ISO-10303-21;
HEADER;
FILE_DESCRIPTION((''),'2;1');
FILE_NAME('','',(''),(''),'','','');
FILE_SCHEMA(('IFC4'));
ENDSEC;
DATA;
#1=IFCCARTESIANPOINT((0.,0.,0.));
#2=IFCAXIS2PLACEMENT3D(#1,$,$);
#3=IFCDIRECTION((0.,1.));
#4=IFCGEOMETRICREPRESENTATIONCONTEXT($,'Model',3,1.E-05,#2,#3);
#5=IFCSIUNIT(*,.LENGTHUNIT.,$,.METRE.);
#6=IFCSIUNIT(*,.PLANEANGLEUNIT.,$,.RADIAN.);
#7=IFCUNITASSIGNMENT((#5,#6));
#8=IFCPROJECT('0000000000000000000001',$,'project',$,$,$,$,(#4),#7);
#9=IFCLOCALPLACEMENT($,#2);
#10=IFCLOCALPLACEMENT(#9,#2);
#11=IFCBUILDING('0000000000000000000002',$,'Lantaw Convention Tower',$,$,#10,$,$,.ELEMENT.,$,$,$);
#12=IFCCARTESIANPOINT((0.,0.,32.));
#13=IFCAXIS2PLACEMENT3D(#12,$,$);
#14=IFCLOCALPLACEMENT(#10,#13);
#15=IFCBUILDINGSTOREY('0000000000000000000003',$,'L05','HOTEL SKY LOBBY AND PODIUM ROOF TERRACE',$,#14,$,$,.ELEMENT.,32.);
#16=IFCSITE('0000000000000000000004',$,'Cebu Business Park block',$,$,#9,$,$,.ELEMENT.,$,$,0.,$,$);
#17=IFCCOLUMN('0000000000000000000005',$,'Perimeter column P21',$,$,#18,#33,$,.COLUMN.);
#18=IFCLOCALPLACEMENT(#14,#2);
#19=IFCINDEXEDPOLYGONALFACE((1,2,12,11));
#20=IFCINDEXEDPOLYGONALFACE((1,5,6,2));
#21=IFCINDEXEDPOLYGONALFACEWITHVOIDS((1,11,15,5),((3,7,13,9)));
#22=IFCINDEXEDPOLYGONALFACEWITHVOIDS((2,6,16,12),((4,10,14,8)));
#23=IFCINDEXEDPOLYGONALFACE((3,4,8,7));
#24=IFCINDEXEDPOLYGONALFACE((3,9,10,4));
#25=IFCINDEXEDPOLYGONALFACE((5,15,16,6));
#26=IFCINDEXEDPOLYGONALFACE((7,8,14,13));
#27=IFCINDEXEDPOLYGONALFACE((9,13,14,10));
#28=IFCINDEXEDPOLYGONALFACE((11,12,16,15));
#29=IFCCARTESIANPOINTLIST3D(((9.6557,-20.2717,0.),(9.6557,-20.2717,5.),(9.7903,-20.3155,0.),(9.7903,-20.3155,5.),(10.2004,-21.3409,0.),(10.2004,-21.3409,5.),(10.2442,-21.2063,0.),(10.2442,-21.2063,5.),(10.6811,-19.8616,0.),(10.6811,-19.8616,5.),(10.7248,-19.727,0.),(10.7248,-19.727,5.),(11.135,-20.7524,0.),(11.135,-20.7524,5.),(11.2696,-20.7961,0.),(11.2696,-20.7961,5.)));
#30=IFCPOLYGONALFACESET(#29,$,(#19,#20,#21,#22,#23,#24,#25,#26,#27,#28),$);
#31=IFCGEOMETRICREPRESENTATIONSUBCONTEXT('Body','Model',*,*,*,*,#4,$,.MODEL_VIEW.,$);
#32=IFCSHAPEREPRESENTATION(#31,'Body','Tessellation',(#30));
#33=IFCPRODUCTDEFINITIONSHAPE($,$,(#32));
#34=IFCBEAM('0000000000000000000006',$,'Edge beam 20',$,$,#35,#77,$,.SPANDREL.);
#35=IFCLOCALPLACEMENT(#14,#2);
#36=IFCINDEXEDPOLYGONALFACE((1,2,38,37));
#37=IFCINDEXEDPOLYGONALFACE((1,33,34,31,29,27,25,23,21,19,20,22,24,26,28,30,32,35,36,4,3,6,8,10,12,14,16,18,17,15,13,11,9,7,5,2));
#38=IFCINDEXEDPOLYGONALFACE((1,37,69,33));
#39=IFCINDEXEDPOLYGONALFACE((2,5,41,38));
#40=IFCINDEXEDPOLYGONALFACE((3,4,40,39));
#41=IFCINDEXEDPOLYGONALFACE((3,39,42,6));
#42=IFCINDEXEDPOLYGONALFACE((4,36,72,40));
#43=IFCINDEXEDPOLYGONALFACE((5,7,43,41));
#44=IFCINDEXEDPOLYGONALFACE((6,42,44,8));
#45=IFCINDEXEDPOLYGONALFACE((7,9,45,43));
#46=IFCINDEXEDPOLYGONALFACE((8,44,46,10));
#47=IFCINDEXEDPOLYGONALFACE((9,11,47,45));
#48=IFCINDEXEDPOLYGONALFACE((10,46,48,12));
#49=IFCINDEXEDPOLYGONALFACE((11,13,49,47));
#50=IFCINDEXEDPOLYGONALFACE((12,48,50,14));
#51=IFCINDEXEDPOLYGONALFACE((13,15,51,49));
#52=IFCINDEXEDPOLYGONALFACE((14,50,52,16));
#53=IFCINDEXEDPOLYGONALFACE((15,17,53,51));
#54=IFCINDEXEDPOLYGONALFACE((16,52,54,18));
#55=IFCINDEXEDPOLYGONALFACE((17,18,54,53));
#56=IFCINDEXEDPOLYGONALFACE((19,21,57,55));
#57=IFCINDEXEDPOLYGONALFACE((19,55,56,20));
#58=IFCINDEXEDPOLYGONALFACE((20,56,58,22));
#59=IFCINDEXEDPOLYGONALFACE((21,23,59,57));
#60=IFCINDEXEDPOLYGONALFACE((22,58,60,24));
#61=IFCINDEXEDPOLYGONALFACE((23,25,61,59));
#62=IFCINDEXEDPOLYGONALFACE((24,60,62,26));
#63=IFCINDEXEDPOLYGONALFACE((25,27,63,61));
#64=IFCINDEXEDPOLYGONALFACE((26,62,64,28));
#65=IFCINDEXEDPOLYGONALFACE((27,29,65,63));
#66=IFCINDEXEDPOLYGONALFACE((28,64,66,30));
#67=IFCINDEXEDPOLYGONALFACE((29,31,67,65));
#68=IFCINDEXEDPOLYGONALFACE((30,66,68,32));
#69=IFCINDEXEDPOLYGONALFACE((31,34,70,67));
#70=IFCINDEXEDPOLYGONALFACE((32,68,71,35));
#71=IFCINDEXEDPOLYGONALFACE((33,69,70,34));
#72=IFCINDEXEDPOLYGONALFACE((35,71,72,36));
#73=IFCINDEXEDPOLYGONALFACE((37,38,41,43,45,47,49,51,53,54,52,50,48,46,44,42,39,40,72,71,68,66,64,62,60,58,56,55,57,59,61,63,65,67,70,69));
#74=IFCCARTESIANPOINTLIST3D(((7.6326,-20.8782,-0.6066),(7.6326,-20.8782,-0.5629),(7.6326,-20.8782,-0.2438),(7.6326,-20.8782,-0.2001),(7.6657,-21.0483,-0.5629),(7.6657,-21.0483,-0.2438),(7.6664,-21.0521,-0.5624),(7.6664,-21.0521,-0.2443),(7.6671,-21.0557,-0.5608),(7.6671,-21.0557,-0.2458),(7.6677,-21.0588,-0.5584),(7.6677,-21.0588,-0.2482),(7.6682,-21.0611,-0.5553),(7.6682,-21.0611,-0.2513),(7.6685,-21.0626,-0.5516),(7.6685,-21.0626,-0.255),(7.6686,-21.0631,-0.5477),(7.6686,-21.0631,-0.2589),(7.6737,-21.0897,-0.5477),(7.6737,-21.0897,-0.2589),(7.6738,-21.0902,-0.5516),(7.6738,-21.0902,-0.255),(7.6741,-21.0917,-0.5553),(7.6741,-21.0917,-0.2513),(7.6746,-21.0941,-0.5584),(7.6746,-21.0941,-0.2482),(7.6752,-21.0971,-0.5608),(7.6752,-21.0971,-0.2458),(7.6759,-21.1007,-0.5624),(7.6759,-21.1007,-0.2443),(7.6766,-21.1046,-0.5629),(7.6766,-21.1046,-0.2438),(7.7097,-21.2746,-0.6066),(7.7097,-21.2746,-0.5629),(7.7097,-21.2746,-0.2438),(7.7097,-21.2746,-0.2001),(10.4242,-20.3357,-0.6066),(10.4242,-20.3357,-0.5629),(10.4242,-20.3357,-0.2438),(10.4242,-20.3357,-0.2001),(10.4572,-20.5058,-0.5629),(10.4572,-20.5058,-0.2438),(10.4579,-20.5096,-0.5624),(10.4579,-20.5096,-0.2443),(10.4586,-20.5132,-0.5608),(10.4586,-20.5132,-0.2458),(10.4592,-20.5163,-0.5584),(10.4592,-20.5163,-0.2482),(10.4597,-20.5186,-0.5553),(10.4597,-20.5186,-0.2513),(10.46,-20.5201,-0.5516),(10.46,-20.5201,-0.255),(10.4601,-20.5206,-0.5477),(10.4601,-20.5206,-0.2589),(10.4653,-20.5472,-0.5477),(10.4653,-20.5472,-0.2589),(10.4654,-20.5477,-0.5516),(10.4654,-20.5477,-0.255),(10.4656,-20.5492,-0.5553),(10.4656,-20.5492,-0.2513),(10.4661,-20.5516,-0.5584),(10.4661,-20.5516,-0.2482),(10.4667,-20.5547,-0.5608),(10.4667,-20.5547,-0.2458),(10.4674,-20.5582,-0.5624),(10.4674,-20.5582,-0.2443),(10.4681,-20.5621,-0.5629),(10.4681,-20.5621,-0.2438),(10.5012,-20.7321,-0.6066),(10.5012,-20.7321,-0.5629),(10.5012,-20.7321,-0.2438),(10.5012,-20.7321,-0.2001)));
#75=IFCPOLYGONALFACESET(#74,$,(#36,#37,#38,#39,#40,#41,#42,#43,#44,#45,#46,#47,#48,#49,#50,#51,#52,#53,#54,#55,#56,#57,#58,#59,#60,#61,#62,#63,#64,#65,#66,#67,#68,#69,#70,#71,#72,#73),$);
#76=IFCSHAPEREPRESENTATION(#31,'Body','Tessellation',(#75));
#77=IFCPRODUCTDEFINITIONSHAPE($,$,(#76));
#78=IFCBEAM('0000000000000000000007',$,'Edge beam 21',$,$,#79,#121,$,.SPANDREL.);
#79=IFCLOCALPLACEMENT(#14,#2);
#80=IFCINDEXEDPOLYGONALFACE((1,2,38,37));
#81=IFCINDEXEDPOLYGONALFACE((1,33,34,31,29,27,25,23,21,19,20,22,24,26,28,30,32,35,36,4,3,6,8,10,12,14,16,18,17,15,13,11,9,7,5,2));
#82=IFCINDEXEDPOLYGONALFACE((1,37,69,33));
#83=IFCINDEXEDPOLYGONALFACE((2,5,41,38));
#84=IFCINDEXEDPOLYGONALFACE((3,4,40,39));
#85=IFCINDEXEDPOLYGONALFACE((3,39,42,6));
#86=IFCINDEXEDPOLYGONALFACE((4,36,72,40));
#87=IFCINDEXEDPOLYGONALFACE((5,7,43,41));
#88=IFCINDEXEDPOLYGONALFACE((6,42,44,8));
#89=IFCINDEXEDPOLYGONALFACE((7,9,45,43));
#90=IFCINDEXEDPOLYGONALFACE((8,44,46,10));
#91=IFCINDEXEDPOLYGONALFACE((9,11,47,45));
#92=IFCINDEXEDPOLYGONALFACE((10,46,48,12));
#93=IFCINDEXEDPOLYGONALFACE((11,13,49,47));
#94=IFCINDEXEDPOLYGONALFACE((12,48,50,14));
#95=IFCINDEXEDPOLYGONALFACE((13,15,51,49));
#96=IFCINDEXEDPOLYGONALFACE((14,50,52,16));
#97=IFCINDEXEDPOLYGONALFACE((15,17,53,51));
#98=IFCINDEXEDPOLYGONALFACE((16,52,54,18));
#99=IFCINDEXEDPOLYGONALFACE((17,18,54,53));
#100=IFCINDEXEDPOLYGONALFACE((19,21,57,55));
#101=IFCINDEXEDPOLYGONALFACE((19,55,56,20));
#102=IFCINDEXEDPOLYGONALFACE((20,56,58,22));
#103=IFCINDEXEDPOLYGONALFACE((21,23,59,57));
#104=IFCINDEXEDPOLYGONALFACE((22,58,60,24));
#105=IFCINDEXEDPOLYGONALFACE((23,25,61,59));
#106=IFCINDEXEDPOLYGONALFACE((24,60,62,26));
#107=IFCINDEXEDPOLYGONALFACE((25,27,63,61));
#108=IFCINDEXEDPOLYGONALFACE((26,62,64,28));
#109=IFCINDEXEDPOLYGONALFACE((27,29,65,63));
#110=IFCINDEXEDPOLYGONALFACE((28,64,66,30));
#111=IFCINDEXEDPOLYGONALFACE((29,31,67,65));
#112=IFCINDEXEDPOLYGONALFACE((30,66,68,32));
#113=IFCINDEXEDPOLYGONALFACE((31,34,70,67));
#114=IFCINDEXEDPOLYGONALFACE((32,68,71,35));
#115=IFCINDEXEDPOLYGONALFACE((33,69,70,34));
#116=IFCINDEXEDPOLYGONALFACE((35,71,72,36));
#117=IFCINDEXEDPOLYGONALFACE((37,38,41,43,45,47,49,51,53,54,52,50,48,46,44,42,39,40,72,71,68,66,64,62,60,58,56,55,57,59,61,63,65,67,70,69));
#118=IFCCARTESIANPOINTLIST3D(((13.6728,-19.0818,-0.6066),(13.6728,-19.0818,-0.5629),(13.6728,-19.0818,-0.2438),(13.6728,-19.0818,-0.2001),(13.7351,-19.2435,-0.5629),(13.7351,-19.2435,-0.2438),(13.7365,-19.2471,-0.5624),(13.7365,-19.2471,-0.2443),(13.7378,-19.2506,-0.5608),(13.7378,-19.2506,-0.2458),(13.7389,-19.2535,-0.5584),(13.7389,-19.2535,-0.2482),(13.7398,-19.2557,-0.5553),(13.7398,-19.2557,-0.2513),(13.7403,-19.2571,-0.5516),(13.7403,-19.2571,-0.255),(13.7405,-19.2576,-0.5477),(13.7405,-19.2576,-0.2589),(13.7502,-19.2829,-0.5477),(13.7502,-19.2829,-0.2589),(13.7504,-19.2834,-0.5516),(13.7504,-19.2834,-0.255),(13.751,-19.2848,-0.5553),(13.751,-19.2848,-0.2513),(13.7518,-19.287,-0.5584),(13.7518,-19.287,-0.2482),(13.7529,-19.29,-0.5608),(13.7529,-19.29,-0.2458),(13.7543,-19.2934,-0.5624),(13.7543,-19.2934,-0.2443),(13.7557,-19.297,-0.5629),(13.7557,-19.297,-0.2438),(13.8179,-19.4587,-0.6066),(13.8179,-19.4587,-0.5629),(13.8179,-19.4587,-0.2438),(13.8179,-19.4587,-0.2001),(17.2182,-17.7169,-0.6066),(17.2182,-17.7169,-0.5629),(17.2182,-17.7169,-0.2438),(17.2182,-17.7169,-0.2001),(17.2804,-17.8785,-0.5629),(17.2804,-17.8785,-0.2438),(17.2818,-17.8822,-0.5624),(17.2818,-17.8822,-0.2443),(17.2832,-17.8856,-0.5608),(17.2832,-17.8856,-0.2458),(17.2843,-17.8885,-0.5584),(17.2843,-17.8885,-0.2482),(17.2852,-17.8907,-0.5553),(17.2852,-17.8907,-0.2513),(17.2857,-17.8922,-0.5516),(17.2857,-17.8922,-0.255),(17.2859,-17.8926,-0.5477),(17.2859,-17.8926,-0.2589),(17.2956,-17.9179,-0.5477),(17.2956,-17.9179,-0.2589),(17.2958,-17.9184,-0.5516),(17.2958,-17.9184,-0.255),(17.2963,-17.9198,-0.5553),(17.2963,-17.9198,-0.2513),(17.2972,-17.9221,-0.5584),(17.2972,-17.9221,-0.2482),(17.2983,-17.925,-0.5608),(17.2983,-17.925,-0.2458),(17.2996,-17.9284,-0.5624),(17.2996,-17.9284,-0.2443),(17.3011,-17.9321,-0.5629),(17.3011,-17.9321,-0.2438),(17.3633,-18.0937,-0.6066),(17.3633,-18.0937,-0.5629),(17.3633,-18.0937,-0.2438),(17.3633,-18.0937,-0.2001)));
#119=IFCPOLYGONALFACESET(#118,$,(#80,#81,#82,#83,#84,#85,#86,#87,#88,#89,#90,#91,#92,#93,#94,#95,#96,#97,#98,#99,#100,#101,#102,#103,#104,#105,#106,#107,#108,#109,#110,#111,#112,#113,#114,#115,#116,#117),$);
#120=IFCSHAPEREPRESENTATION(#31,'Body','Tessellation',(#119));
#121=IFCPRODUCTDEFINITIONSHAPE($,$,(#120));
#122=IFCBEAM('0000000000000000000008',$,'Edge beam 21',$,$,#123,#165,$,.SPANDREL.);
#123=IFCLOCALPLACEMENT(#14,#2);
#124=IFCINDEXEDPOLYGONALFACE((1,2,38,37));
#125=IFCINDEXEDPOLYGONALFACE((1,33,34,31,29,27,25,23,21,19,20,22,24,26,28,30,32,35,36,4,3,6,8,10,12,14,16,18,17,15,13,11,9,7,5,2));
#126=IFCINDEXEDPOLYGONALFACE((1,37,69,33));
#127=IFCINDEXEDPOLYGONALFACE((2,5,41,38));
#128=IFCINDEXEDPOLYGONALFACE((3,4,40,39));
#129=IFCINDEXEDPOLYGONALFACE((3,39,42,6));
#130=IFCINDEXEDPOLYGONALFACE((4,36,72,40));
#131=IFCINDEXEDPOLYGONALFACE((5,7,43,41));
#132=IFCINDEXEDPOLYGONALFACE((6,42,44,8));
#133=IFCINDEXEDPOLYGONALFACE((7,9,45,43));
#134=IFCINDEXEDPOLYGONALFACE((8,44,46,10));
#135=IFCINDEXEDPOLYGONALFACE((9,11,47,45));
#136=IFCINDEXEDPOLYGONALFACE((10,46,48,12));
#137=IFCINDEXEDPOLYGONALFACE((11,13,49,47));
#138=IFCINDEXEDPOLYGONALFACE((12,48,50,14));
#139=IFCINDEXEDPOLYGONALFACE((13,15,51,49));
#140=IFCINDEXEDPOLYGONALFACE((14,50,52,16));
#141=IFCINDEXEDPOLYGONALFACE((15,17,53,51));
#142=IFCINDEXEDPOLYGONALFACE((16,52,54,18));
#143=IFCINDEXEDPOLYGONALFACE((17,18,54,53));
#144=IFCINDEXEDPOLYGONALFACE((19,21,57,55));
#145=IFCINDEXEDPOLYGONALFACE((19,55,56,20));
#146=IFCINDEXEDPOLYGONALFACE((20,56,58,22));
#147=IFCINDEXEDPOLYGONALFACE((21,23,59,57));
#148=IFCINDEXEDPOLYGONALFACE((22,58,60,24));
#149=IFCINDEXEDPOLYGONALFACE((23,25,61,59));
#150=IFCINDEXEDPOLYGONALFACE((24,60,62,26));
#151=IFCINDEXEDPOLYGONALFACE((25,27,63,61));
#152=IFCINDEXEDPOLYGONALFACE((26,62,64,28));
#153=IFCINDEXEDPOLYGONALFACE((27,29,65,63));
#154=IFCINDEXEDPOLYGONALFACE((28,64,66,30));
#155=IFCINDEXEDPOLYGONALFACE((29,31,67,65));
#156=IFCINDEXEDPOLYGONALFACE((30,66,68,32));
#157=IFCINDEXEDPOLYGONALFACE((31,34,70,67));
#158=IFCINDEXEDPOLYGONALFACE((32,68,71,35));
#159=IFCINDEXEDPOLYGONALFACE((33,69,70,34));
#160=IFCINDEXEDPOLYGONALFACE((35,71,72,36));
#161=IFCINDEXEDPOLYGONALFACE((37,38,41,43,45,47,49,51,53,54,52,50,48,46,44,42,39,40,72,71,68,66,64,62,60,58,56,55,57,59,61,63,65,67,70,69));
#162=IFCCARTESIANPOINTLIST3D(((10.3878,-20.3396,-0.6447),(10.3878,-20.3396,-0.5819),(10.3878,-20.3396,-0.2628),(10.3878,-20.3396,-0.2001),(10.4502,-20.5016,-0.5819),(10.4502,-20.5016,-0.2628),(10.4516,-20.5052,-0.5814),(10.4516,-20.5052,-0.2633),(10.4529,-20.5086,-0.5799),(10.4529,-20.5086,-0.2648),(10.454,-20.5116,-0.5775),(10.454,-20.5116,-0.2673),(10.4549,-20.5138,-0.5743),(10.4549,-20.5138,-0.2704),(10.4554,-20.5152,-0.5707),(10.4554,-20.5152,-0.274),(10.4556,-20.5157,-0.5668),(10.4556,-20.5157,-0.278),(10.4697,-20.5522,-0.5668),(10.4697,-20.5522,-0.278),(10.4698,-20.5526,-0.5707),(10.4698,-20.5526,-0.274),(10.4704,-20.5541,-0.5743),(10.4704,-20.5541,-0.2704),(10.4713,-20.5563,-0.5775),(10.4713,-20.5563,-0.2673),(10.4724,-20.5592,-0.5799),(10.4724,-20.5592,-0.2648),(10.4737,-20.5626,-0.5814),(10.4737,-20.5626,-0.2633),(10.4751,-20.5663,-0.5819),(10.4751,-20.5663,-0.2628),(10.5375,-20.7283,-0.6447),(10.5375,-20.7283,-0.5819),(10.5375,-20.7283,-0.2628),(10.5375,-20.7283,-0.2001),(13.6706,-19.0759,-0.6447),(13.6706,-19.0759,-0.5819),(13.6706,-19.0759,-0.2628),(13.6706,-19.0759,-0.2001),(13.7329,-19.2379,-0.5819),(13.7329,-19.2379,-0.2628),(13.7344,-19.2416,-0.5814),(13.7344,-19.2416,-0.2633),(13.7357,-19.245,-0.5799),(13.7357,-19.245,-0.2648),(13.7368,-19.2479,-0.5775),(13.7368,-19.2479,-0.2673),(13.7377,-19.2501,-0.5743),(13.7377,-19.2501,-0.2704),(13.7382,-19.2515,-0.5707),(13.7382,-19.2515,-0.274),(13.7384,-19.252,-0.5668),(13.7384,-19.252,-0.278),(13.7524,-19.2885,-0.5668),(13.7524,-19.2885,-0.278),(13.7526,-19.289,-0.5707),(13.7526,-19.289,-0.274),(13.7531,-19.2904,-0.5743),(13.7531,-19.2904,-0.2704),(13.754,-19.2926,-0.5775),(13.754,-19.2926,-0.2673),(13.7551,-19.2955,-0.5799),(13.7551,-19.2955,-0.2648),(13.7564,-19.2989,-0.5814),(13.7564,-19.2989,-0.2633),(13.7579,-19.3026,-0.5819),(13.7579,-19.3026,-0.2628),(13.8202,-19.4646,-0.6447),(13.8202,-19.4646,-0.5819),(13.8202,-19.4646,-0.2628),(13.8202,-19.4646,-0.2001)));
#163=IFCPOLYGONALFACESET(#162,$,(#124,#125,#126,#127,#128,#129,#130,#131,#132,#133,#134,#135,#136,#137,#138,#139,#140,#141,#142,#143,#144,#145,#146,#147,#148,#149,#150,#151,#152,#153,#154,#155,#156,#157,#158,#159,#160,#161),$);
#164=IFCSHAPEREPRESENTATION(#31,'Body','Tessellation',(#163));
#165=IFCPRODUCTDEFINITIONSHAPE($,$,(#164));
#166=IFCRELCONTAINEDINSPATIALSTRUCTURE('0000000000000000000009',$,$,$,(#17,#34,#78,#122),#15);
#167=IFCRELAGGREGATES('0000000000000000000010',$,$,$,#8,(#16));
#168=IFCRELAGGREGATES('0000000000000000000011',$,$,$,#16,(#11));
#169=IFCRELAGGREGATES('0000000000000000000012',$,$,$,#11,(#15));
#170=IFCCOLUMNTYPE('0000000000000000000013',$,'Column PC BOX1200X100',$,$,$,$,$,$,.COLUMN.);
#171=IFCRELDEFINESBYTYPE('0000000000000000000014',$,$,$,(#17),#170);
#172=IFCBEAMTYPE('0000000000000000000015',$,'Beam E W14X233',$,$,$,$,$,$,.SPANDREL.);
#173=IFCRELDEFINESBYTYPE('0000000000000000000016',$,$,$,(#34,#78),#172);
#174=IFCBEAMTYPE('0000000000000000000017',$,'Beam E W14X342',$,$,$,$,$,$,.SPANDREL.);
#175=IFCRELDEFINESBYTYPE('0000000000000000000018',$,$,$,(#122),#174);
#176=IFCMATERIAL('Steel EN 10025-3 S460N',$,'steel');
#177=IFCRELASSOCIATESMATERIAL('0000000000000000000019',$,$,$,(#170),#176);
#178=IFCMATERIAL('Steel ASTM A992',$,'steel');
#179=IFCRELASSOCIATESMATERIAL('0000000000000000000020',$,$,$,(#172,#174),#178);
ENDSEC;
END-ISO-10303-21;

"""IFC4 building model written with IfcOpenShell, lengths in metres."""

from ifc_helpers import new_model, si_unit, direction, frame, origin, origin_2d, place, context, subcontext, project, spatial, rectangle, hollow_rectangle, i_section, extrude, material, material_profile, profile_set, type_object, element, save


model = new_model("IFC4")

# Units and contexts
model_context = context("Model", 3, precision=1e-05, world=origin(), true_north=direction((0.0, 1.0)))
body_context = subcontext(model_context, "Body", "Model", "MODEL_VIEW")
ifc_project = project(units=[si_unit("LENGTHUNIT", "METRE"), si_unit("PLANEANGLEUNIT", "RADIAN")], contexts=[model_context])

# Site, building, storey
site_placement = place(None, origin())
site = spatial("IfcSite", under=ifc_project, at=site_placement, Name="Cebu Business Park block", CompositionType="ELEMENT", RefElevation=0.0)
building_placement = place(site_placement, origin())
building = spatial("IfcBuilding", under=site, at=building_placement, Name="Lantaw Convention Tower", CompositionType="ELEMENT")
storey_placement = place(building_placement, frame((0.0, 0.0, 32.0)))
storey = spatial("IfcBuildingStorey", under=building, at=storey_placement, Name="L05", Description="HOTEL SKY LOBBY AND PODIUM ROOF TERRACE", CompositionType="ELEMENT", Elevation=32.0)

# Column
ifc_material_1 = material(Name="Steel EN 10025-3 S460N", Category="steel")
ifc_material_profile_1 = material_profile(ifc_material_1, hollow_rectangle(XDim=1.2, YDim=1.2, WallThickness=0.1001, at=origin_2d()), Name="BOX1200X100")
ifc_material_2 = material(Name="Concrete C60/75", Category="concrete")
ifc_material_profile_2 = material_profile(ifc_material_2, rectangle(XDim=1.0, YDim=1.0, at=origin_2d()), Name="Concrete fill of BOX1200X100")
ifc_profile_set_1 = profile_set([ifc_material_profile_1, ifc_material_profile_2], Name="Steel EN 10025-3 S460N")
column_type = type_object("IfcColumnType", Name="Column PC BOX1200X100", PredefinedType="COLUMN", material=ifc_profile_set_1)
column_placement = place(storey_placement, frame((10.4626, -20.5339, 0.0), z_axis=(0.0, 0.0, 1.0), x_axis=(0.891007, 0.45399, 0.0)))
element("IfcColumn", 1, at=column_placement, inside=storey, type_object=column_type, Name="Perimeter column P21", PredefinedType="COLUMN", context=body_context, shape_type="SweptSolid", body=[
    extrude(hollow_rectangle(XDim=1.2, YDim=1.2, WallThickness=0.1001, at=origin_2d()), origin(), (0.0, 0.0, 1.0), 5.0),
])

# Beams
ifc_material_3 = material(Name="Steel ASTM A992", Category="steel")
ifc_material_profile_3 = material_profile(ifc_material_3, i_section(OverallWidth=0.4038, OverallDepth=0.4065, WebThickness=0.0271, FlangeThickness=0.0437, FilletRadius=0.0151, at=origin_2d()), Name="W14X233")
ifc_profile_set_2 = profile_set([ifc_material_profile_3], Name="Steel ASTM A992")
beam_type_1 = type_object("IfcBeamType", Name="Beam E W14X233", PredefinedType="SPANDREL", material=ifc_profile_set_2)
beam_1_placement = place(storey_placement, frame((7.6711, -21.0764, -0.4033), z_axis=(0.981636, 0.190764, 0.0), x_axis=(-0.190764, 0.981636, 0.0)))
element("IfcBeam", 2, at=beam_1_placement, inside=storey, type_object=beam_type_1, Name="Edge beam 20", PredefinedType="SPANDREL", context=body_context, shape_type="SweptSolid", body=[
    extrude(i_section(OverallWidth=0.4038, OverallDepth=0.4065, WebThickness=0.0271, FlangeThickness=0.0437, FilletRadius=0.0151, at=origin_2d()), origin(), (0.0, 0.0, 1.0), 2.8438),
])
beam_2_placement = place(storey_placement, frame((13.7454, -19.2703, -0.4033), z_axis=(0.933225, 0.359293, 0.0), x_axis=(-0.359293, 0.933225, 0.0)))
element("IfcBeam", 3, at=beam_2_placement, inside=storey, type_object=beam_type_1, Name="Edge beam 21", PredefinedType="SPANDREL", context=body_context, shape_type="SweptSolid", body=[
    extrude(i_section(OverallWidth=0.4038, OverallDepth=0.4065, WebThickness=0.0271, FlangeThickness=0.0437, FilletRadius=0.0151, at=origin_2d()), origin(), (0.0, 0.0, 1.0), 3.7991),
])
ifc_material_profile_4 = material_profile(ifc_material_3, i_section(OverallWidth=0.4165, OverallDepth=0.4446, WebThickness=0.0391, FlangeThickness=0.0627, FilletRadius=0.0151, at=origin_2d()), Name="W14X342")
ifc_profile_set_3 = profile_set([ifc_material_profile_4], Name="Steel ASTM A992")
beam_type_2 = type_object("IfcBeamType", Name="Beam E W14X342", PredefinedType="SPANDREL", material=ifc_profile_set_3)
beam_3_placement = place(storey_placement, frame((10.4626, -20.5339, -0.4224), z_axis=(0.933242, 0.359249, 0.0), x_axis=(-0.359249, 0.933242, 0.0)))
element("IfcBeam", 4, at=beam_3_placement, inside=storey, type_object=beam_type_2, Name="Edge beam 21", PredefinedType="SPANDREL", context=body_context, shape_type="SweptSolid", body=[
    extrude(i_section(OverallWidth=0.4165, OverallDepth=0.4446, WebThickness=0.0391, FlangeThickness=0.0627, FilletRadius=0.0151, at=origin_2d()), origin(), (0.0, 0.0, 1.0), 3.5176),
])

save(model, "model.ifc")
